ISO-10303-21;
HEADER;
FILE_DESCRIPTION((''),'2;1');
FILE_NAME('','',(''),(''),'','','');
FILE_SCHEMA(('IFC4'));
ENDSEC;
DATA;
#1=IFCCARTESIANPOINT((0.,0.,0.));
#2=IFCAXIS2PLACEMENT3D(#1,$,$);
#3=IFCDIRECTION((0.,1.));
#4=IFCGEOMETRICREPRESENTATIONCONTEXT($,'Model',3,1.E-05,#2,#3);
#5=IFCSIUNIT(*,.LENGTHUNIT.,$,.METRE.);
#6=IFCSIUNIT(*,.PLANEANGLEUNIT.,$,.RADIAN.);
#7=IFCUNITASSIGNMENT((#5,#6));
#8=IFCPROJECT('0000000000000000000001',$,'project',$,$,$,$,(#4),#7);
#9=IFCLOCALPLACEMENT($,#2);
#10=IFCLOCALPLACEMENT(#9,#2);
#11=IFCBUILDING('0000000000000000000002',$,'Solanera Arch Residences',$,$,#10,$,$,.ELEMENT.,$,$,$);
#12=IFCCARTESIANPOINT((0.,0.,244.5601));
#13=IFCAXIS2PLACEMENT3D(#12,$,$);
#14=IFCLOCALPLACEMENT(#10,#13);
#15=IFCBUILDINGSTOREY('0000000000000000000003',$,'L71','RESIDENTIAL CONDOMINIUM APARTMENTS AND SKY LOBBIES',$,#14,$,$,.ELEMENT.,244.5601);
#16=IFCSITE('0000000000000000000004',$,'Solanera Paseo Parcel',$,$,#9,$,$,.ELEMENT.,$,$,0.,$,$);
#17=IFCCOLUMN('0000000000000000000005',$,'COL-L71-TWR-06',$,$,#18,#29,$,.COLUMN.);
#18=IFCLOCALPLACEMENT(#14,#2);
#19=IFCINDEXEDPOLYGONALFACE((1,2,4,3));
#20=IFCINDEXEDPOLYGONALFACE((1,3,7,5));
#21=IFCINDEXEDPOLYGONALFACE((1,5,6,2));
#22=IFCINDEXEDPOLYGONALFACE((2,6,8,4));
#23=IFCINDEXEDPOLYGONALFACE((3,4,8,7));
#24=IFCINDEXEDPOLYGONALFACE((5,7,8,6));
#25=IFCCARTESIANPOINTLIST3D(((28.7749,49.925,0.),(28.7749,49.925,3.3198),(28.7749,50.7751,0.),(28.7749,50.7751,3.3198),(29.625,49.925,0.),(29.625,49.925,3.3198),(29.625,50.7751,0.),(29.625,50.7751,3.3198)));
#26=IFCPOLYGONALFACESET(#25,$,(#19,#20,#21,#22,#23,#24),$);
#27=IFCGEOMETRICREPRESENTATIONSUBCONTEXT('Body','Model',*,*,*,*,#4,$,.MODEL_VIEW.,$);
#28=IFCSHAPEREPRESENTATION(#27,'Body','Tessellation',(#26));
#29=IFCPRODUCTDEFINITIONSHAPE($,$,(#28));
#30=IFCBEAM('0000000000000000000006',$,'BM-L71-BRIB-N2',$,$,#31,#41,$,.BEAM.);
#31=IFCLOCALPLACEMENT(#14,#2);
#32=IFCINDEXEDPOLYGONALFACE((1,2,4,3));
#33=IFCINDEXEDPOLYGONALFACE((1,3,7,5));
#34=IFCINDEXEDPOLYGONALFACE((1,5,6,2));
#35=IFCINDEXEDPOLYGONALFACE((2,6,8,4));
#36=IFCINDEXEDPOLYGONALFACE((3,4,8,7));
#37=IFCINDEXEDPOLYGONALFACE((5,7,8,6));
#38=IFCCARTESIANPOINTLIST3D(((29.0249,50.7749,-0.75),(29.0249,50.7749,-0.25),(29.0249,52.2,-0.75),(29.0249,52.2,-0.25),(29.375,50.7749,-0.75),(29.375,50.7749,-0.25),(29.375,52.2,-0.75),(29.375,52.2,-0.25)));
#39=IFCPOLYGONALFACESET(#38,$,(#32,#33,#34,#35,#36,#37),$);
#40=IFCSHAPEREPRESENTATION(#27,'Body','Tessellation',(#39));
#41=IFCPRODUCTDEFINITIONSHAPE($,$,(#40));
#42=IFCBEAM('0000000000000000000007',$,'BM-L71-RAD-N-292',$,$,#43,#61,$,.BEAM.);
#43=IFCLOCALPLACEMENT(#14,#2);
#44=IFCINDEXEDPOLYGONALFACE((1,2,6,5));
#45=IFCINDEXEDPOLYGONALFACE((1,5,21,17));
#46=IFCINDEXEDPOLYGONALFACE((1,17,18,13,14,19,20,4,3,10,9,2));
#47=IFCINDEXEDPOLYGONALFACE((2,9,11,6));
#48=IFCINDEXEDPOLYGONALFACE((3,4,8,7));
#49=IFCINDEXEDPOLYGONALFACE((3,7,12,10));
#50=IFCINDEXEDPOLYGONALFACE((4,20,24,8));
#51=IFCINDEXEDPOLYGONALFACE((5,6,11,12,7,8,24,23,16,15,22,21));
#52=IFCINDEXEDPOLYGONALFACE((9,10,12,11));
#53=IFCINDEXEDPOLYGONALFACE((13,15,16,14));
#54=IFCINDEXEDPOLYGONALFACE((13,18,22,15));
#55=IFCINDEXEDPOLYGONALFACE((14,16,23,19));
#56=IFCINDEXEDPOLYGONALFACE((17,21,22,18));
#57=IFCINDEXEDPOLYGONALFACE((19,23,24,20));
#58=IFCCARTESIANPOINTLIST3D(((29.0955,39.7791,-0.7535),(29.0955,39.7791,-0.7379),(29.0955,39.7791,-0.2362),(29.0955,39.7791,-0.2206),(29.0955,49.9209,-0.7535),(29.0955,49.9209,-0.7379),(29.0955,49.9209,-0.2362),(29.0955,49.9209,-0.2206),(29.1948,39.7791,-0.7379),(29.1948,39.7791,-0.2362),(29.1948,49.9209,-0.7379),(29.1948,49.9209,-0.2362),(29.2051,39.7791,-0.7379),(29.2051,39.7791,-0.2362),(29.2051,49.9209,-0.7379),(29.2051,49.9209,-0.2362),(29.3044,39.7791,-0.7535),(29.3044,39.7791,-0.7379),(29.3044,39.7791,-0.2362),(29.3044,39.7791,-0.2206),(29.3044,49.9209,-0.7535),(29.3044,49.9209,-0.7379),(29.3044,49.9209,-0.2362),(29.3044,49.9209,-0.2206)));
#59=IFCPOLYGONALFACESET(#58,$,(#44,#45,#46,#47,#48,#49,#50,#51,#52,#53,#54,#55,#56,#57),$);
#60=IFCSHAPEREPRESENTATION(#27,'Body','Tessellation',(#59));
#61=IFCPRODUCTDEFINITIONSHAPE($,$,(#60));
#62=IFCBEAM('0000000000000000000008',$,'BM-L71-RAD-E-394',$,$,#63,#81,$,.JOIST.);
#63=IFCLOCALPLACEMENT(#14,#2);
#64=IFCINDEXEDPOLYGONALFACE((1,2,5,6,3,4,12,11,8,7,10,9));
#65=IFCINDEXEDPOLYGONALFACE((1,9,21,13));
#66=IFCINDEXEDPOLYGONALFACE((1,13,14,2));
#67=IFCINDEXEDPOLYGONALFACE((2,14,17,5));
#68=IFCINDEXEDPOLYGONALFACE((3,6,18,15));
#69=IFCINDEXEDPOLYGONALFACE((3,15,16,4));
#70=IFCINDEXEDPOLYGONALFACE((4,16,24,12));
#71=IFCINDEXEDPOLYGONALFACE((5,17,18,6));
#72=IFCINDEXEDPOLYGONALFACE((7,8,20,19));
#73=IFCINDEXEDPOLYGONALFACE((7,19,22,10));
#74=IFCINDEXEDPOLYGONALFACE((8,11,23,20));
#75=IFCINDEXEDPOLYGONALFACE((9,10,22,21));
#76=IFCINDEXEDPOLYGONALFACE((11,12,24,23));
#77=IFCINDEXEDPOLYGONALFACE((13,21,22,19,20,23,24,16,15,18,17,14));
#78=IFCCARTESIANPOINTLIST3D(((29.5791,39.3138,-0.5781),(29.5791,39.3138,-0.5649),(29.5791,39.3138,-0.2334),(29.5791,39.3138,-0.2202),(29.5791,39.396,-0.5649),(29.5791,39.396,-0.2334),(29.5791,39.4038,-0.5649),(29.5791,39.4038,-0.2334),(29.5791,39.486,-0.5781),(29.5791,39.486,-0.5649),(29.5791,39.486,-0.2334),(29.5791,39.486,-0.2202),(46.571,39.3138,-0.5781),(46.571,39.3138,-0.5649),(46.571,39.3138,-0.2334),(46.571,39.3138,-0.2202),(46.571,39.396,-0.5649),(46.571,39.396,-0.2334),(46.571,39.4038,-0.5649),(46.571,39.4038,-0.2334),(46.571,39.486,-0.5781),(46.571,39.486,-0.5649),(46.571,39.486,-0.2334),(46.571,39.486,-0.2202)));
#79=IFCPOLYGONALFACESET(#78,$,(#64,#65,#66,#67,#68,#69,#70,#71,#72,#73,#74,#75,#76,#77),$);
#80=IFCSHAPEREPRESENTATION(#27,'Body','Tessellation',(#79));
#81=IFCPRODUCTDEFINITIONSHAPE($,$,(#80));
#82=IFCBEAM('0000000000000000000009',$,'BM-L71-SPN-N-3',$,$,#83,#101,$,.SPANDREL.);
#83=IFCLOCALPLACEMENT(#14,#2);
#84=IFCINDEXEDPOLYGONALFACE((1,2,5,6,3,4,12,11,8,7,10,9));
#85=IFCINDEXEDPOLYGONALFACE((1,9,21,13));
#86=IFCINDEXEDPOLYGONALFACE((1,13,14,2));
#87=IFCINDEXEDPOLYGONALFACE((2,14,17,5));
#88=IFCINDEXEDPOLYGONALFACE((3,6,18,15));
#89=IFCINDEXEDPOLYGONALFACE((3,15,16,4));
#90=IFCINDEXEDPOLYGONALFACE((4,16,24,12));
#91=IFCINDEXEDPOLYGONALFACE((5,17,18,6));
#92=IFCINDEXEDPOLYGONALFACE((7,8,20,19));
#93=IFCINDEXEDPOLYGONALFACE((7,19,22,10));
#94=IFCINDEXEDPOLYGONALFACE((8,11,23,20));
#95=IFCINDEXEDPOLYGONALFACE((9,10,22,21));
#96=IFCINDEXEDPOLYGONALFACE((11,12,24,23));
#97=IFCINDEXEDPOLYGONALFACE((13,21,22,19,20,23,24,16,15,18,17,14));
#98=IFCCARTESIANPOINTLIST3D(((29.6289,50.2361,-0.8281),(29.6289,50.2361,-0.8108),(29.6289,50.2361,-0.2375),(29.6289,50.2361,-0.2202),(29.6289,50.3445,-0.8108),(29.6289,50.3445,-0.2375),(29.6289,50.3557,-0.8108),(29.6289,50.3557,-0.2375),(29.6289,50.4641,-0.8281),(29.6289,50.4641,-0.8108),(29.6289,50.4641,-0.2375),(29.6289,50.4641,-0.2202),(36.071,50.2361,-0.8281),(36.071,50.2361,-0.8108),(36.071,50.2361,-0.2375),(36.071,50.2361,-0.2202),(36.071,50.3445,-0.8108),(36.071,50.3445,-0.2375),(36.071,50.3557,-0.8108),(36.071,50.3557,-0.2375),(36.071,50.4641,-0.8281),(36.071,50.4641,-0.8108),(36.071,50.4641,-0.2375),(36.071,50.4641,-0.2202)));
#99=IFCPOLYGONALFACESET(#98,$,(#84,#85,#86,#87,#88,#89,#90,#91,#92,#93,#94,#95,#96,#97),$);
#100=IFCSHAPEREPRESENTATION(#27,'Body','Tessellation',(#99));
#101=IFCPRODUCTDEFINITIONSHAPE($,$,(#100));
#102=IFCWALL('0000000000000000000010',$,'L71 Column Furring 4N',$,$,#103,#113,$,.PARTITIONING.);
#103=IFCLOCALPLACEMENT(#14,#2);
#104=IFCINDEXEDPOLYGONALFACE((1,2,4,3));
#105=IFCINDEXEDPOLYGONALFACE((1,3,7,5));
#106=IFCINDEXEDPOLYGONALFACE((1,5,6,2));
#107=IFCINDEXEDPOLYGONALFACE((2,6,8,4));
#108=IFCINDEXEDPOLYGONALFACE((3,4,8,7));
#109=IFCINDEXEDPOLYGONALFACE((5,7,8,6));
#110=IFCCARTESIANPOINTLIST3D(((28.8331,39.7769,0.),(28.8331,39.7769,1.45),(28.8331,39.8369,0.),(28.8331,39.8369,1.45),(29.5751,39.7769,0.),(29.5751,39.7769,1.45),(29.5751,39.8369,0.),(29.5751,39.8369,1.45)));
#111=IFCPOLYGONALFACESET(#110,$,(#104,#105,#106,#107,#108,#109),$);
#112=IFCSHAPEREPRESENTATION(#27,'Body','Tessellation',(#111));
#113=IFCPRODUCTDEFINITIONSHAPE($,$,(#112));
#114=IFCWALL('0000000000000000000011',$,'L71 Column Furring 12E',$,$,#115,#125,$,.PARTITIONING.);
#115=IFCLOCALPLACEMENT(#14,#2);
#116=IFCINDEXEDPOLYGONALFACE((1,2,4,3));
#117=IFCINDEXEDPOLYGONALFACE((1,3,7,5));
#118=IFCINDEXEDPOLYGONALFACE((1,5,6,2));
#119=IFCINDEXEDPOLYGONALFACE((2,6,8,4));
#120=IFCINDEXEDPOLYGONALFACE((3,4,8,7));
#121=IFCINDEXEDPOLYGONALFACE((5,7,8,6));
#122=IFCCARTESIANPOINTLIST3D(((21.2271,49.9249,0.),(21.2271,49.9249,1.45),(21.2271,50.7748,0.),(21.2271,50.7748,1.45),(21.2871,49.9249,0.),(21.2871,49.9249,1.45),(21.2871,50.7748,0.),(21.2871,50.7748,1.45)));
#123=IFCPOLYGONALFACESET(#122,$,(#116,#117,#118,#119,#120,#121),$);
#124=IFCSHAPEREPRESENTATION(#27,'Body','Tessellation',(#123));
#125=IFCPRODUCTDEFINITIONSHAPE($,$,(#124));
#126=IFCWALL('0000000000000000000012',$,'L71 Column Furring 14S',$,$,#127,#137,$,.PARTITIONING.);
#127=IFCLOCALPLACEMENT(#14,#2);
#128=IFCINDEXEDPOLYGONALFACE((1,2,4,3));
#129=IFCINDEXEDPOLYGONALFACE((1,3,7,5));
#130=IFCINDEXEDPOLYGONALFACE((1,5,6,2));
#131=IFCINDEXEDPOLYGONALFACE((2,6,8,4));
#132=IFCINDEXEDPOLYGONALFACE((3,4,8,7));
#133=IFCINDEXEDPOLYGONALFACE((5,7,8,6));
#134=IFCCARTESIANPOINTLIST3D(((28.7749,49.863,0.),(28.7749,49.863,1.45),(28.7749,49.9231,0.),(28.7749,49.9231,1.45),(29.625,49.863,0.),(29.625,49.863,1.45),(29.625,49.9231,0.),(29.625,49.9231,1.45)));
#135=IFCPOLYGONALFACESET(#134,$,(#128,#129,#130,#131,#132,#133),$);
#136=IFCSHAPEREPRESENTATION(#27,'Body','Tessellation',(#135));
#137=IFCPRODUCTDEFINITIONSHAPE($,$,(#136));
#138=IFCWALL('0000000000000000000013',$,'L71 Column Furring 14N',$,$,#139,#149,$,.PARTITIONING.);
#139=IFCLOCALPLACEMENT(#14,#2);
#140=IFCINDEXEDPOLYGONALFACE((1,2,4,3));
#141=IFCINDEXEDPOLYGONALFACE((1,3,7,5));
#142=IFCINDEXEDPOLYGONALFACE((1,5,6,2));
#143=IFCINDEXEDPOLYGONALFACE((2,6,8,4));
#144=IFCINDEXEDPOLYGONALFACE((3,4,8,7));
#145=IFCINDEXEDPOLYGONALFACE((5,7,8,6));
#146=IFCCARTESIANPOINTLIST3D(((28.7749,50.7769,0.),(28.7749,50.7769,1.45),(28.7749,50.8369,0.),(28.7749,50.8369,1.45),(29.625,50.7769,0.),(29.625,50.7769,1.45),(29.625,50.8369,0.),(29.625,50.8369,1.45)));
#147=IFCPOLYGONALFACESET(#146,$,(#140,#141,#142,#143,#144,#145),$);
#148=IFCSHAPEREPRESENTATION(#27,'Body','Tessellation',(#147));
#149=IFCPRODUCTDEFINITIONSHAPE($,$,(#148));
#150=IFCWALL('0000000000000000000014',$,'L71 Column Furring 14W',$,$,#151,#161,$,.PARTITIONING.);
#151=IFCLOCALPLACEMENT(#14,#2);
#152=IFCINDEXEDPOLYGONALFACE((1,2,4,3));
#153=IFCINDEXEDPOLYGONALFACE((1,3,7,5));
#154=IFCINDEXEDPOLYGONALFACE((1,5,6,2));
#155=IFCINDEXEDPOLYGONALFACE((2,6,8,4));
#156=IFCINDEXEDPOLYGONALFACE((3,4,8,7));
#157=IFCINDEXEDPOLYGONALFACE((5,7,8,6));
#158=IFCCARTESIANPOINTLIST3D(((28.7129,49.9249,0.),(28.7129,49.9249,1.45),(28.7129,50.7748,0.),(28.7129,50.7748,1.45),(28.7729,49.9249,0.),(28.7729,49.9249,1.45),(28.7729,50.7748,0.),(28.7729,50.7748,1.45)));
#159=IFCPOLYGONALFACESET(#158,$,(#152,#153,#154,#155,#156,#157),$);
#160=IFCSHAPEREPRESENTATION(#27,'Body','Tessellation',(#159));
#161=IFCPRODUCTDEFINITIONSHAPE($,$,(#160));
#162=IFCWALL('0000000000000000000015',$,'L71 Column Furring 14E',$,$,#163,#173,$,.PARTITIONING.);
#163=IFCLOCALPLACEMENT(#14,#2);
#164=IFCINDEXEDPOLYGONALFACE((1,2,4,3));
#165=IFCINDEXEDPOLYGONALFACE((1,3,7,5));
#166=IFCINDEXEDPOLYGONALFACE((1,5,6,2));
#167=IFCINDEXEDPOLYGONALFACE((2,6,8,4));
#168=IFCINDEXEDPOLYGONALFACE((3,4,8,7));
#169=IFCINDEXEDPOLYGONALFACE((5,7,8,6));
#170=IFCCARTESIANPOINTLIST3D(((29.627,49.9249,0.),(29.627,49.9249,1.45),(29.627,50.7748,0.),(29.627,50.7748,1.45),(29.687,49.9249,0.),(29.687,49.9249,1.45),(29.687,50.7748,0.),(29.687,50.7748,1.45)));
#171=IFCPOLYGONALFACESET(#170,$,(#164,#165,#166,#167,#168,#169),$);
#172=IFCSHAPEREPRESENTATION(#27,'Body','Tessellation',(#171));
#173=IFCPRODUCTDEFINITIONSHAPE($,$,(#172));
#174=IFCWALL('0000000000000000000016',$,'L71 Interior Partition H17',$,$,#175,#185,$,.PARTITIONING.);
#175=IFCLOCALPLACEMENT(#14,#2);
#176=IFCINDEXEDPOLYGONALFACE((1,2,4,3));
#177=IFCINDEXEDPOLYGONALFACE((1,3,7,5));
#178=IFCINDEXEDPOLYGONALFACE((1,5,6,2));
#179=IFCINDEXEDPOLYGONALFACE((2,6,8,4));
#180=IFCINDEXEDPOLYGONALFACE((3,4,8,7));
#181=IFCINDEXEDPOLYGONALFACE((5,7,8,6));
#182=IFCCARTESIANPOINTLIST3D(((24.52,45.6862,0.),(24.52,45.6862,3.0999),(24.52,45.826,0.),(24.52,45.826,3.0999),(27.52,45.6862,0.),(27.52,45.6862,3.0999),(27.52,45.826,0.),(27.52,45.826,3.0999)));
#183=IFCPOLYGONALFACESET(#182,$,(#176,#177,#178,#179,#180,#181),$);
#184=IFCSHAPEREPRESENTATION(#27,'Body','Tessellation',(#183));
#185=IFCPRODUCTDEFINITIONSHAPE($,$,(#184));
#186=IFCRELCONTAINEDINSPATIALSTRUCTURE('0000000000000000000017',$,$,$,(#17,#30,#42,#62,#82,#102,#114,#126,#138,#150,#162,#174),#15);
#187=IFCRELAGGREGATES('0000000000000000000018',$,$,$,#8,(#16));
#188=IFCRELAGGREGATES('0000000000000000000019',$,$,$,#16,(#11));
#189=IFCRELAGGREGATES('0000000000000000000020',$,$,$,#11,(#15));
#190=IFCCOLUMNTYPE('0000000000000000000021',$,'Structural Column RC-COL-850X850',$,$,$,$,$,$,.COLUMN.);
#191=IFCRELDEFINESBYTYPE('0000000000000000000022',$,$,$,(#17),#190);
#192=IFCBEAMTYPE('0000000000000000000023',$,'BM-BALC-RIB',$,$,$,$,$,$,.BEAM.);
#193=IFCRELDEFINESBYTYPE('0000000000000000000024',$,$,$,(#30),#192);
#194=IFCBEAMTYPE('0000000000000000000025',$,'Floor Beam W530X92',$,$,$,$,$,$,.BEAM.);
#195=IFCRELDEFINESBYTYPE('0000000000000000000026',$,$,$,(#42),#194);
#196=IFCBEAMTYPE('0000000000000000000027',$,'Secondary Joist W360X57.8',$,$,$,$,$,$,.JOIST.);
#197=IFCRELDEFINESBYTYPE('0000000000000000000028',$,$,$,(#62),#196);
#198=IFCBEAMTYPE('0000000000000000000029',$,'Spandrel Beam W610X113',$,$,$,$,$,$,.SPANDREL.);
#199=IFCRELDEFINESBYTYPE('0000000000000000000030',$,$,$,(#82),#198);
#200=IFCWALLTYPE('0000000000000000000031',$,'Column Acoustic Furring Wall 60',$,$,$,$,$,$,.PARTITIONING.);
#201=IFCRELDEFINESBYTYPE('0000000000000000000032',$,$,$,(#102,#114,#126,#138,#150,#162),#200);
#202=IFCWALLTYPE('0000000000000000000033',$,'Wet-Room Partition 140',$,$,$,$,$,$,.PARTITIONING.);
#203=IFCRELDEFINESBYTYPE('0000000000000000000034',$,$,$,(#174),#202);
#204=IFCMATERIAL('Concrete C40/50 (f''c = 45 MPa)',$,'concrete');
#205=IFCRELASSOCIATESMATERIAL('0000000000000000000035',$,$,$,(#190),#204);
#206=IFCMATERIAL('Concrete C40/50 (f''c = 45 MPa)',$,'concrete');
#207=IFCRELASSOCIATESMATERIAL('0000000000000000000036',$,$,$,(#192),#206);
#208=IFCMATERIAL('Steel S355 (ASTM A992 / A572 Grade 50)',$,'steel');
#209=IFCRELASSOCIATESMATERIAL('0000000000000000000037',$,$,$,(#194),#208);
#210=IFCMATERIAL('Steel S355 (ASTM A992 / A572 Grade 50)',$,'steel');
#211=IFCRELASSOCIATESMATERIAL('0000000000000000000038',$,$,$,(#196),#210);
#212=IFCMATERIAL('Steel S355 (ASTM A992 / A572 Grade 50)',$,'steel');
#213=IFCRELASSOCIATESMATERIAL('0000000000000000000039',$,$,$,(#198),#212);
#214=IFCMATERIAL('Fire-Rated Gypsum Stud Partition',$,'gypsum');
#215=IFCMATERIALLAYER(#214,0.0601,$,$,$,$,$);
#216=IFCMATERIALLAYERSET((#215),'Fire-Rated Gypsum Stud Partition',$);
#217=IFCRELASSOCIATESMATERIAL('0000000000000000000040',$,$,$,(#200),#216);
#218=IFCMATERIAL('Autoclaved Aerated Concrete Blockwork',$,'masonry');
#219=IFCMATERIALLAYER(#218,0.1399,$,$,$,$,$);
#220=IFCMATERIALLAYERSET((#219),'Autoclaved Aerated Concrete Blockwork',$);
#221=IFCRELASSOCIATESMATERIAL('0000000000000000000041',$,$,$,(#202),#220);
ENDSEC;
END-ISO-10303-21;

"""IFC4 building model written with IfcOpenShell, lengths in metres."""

from ifc_helpers import new_model, si_unit, direction, frame, frame_2d, origin, origin_2d, place, context, subcontext, project, spatial, rectangle, i_section, extrude, material, layer, layer_set, material_profile, profile_set, type_object, element, save


model = new_model("IFC4")

# Units and contexts
model_context = context("Model", 3, precision=1e-05, world=origin(), true_north=direction((0.0, 1.0)))
body_context = subcontext(model_context, "Body", "Model", "MODEL_VIEW")
ifc_project = project(units=[si_unit("LENGTHUNIT", "METRE"), si_unit("PLANEANGLEUNIT", "RADIAN")], contexts=[model_context])

# Site, building, storey
site_placement = place(None, origin())
site = spatial("IfcSite", under=ifc_project, at=site_placement, Name="Solanera Paseo Parcel", CompositionType="ELEMENT", RefElevation=0.0)
building_placement = place(site_placement, origin())
building = spatial("IfcBuilding", under=site, at=building_placement, Name="Solanera Arch Residences", CompositionType="ELEMENT")
storey_placement = place(building_placement, frame((0.0, 0.0, 244.5601)))
storey = spatial("IfcBuildingStorey", under=building, at=storey_placement, Name="L71", Description="RESIDENTIAL CONDOMINIUM APARTMENTS AND SKY LOBBIES", CompositionType="ELEMENT", Elevation=244.5601)

# Column
ifc_material_1 = material(Name="Concrete C40/50 (f'c = 45 MPa)", Category="concrete")
ifc_material_profile_1 = material_profile(ifc_material_1, rectangle(XDim=0.8501, YDim=0.8501, at=origin_2d()))
ifc_profile_set_1 = profile_set([ifc_material_profile_1], Name="Concrete C40/50 (f'c = 45 MPa)")
column_type = type_object("IfcColumnType", Name="Structural Column RC-COL-850X850", PredefinedType="COLUMN", material=ifc_profile_set_1)
column_placement = place(storey_placement, frame((29.2, 50.3501, 0.0), z_axis=(0.0, 0.0, 1.0), x_axis=(1.0, 0.0, 0.0)))
element("IfcColumn", 1, at=column_placement, inside=storey, type_object=column_type, Name="COL-L71-TWR-06", PredefinedType="COLUMN", context=body_context, shape_type="SweptSolid", body=[
    extrude(rectangle(XDim=0.8501, YDim=0.8501, at=origin_2d()), origin(), (0.0, 0.0, 1.0), 3.3198),
])

# Beams
ifc_material_2 = material(Name="Concrete C40/50 (f'c = 45 MPa)", Category="concrete")
ifc_material_profile_2 = material_profile(ifc_material_2, rectangle(XDim=0.3501, YDim=0.5, at=origin_2d()))
ifc_profile_set_2 = profile_set([ifc_material_profile_2], Name="Concrete C40/50 (f'c = 45 MPa)")
beam_type_1 = type_object("IfcBeamType", Name="BM-BALC-RIB", PredefinedType="BEAM", material=ifc_profile_set_2)
beam_1_placement = place(storey_placement, frame((29.2, 50.7749, -0.5), z_axis=(0.0, 1.0, 0.0), x_axis=(-1.0, 0.0, 0.0)))
element("IfcBeam", 2, at=beam_1_placement, inside=storey, type_object=beam_type_1, Name="BM-L71-BRIB-N2", PredefinedType="BEAM", context=body_context, shape_type="SweptSolid", body=[
    extrude(rectangle(XDim=0.3501, YDim=0.5, at=origin_2d()), origin(), (0.0, 0.0, 1.0), 1.425),
])
ifc_material_3 = material(Name="Steel S355 (ASTM A992 / A572 Grade 50)", Category="steel")
ifc_material_profile_3 = material_profile(ifc_material_3, i_section(OverallWidth=0.209, OverallDepth=0.533, WebThickness=0.0103, FlangeThickness=0.0156, at=origin_2d()))
ifc_profile_set_3 = profile_set([ifc_material_profile_3], Name="Steel S355 (ASTM A992 / A572 Grade 50)")
beam_type_2 = type_object("IfcBeamType", Name="Floor Beam W530X92", PredefinedType="BEAM", material=ifc_profile_set_3)
beam_2_placement = place(storey_placement, frame((29.2, 39.7791, -0.4871), z_axis=(0.0, 1.0, 0.0), x_axis=(-1.0, 0.0, 0.0)))
element("IfcBeam", 3, at=beam_2_placement, inside=storey, type_object=beam_type_2, Name="BM-L71-RAD-N-292", PredefinedType="BEAM", context=body_context, shape_type="SweptSolid", body=[
    extrude(i_section(OverallWidth=0.209, OverallDepth=0.533, WebThickness=0.0103, FlangeThickness=0.0156, at=origin_2d()), origin(), (0.0, 0.0, 1.0), 10.1418),
])
ifc_material_4 = material(Name="Steel S355 (ASTM A992 / A572 Grade 50)", Category="steel")
ifc_material_profile_4 = material_profile(ifc_material_4, i_section(OverallWidth=0.1721, OverallDepth=0.3579, WebThickness=0.0078, FlangeThickness=0.0132, at=origin_2d()))
ifc_profile_set_4 = profile_set([ifc_material_profile_4], Name="Steel S355 (ASTM A992 / A572 Grade 50)")
beam_type_3 = type_object("IfcBeamType", Name="Secondary Joist W360X57.8", PredefinedType="JOIST", material=ifc_profile_set_4)
beam_3_placement = place(storey_placement, frame((29.5791, 39.3999, -0.3992), z_axis=(1.0, 0.0, 0.0), x_axis=(0.0, 1.0, 0.0)))
element("IfcBeam", 4, at=beam_3_placement, inside=storey, type_object=beam_type_3, Name="BM-L71-RAD-E-394", PredefinedType="JOIST", context=body_context, shape_type="SweptSolid", body=[
    extrude(i_section(OverallWidth=0.1721, OverallDepth=0.3579, WebThickness=0.0078, FlangeThickness=0.0132, at=origin_2d()), origin(), (0.0, 0.0, 1.0), 16.9919),
])
ifc_material_5 = material(Name="Steel S355 (ASTM A992 / A572 Grade 50)", Category="steel")
ifc_material_profile_5 = material_profile(ifc_material_5, i_section(OverallWidth=0.228, OverallDepth=0.6079, WebThickness=0.0112, FlangeThickness=0.0173, at=origin_2d()))
ifc_profile_set_5 = profile_set([ifc_material_profile_5], Name="Steel S355 (ASTM A992 / A572 Grade 50)")
beam_type_4 = type_object("IfcBeamType", Name="Spandrel Beam W610X113", PredefinedType="SPANDREL", material=ifc_profile_set_5)
beam_4_placement = place(storey_placement, frame((29.6289, 50.3501, -0.5242), z_axis=(1.0, 0.0, 0.0), x_axis=(0.0, 1.0, 0.0)))
element("IfcBeam", 5, at=beam_4_placement, inside=storey, type_object=beam_type_4, Name="BM-L71-SPN-N-3", PredefinedType="SPANDREL", context=body_context, shape_type="SweptSolid", body=[
    extrude(i_section(OverallWidth=0.228, OverallDepth=0.6079, WebThickness=0.0112, FlangeThickness=0.0173, at=origin_2d()), origin(), (0.0, 0.0, 1.0), 6.4421),
])

# Walls
ifc_material_6 = material(Name="Fire-Rated Gypsum Stud Partition", Category="gypsum")
ifc_layer_1 = layer(ifc_material_6, 0.0601)
ifc_layer_set_1 = layer_set([ifc_layer_1], Name="Fire-Rated Gypsum Stud Partition")
wall_type_1 = type_object("IfcWallType", Name="Column Acoustic Furring Wall 60", PredefinedType="PARTITIONING", material=ifc_layer_set_1)
wall_1_placement = place(storey_placement, frame((28.833, 39.8069, 0.0), z_axis=(0.0, 0.0, 1.0), x_axis=(1.0, 0.0, 0.0)))
element("IfcWall", 6, at=wall_1_placement, inside=storey, type_object=wall_type_1, Name="L71 Column Furring 4N", PredefinedType="PARTITIONING", context=body_context, shape_type="SweptSolid", body=[
    extrude(rectangle(XDim=0.7419, YDim=0.0601, at=frame_2d((0.3711, 0.0))), origin(), (0.0, 0.0, 1.0), 1.45),
])
wall_2_placement = place(storey_placement, frame((21.2571, 49.925, 0.0), z_axis=(0.0, 0.0, 1.0), x_axis=(0.0, 1.0, 0.0)))
element("IfcWall", 7, at=wall_2_placement, inside=storey, type_object=wall_type_1, Name="L71 Column Furring 12E", PredefinedType="PARTITIONING", context=body_context, shape_type="SweptSolid", body=[
    extrude(rectangle(XDim=0.8499, YDim=0.0601, at=frame_2d((0.4248, 0.0))), origin(), (0.0, 0.0, 1.0), 1.45),
])
for number, where, z_axis, x_axis, name in (
    (8, (28.7749, 49.8931, 0.0), (0.0, 0.0, 1.0), (1.0, 0.0, 0.0), "L71 Column Furring 14S"),
    (9, (28.7749, 50.8069, 0.0), (0.0, 0.0, 1.0), (1.0, 0.0, 0.0), "L71 Column Furring 14N"),
):
    element("IfcWall", number, at=place(storey_placement, frame(where, z_axis=z_axis, x_axis=x_axis)), inside=storey, type_object=wall_type_1, Name=name, PredefinedType="PARTITIONING", context=body_context, shape_type="SweptSolid", body=[
        extrude(rectangle(XDim=0.8501, YDim=0.0601, at=frame_2d((0.425, 0.0))), origin(), (0.0, 0.0, 1.0), 1.45),
    ])
for number, where, z_axis, x_axis, name in (
    (10, (28.7429, 49.925, 0.0), (0.0, 0.0, 1.0), (0.0, 1.0, 0.0), "L71 Column Furring 14W"),
    (11, (29.657, 49.925, 0.0), (0.0, 0.0, 1.0), (0.0, 1.0, 0.0), "L71 Column Furring 14E"),
):
    element("IfcWall", number, at=place(storey_placement, frame(where, z_axis=z_axis, x_axis=x_axis)), inside=storey, type_object=wall_type_1, Name=name, PredefinedType="PARTITIONING", context=body_context, shape_type="SweptSolid", body=[
        extrude(rectangle(XDim=0.8499, YDim=0.0601, at=frame_2d((0.4248, 0.0))), origin(), (0.0, 0.0, 1.0), 1.45),
    ])
ifc_material_7 = material(Name="Autoclaved Aerated Concrete Blockwork", Category="masonry")
ifc_layer_2 = layer(ifc_material_7, 0.1399)
ifc_layer_set_2 = layer_set([ifc_layer_2], Name="Autoclaved Aerated Concrete Blockwork")
wall_type_2 = type_object("IfcWallType", Name="Wet-Room Partition 140", PredefinedType="PARTITIONING", material=ifc_layer_set_2)
wall_3_placement = place(storey_placement, frame((24.52, 45.7561, 0.0), z_axis=(0.0, 0.0, 1.0), x_axis=(1.0, 0.0, 0.0)))
element("IfcWall", 12, at=wall_3_placement, inside=storey, type_object=wall_type_2, Name="L71 Interior Partition H17", PredefinedType="PARTITIONING", context=body_context, shape_type="SweptSolid", body=[
    extrude(rectangle(XDim=3.0, YDim=0.1399, at=frame_2d((1.5, 0.0))), origin(), (0.0, 0.0, 1.0), 3.0999),
])

save(model, "model.ifc")
